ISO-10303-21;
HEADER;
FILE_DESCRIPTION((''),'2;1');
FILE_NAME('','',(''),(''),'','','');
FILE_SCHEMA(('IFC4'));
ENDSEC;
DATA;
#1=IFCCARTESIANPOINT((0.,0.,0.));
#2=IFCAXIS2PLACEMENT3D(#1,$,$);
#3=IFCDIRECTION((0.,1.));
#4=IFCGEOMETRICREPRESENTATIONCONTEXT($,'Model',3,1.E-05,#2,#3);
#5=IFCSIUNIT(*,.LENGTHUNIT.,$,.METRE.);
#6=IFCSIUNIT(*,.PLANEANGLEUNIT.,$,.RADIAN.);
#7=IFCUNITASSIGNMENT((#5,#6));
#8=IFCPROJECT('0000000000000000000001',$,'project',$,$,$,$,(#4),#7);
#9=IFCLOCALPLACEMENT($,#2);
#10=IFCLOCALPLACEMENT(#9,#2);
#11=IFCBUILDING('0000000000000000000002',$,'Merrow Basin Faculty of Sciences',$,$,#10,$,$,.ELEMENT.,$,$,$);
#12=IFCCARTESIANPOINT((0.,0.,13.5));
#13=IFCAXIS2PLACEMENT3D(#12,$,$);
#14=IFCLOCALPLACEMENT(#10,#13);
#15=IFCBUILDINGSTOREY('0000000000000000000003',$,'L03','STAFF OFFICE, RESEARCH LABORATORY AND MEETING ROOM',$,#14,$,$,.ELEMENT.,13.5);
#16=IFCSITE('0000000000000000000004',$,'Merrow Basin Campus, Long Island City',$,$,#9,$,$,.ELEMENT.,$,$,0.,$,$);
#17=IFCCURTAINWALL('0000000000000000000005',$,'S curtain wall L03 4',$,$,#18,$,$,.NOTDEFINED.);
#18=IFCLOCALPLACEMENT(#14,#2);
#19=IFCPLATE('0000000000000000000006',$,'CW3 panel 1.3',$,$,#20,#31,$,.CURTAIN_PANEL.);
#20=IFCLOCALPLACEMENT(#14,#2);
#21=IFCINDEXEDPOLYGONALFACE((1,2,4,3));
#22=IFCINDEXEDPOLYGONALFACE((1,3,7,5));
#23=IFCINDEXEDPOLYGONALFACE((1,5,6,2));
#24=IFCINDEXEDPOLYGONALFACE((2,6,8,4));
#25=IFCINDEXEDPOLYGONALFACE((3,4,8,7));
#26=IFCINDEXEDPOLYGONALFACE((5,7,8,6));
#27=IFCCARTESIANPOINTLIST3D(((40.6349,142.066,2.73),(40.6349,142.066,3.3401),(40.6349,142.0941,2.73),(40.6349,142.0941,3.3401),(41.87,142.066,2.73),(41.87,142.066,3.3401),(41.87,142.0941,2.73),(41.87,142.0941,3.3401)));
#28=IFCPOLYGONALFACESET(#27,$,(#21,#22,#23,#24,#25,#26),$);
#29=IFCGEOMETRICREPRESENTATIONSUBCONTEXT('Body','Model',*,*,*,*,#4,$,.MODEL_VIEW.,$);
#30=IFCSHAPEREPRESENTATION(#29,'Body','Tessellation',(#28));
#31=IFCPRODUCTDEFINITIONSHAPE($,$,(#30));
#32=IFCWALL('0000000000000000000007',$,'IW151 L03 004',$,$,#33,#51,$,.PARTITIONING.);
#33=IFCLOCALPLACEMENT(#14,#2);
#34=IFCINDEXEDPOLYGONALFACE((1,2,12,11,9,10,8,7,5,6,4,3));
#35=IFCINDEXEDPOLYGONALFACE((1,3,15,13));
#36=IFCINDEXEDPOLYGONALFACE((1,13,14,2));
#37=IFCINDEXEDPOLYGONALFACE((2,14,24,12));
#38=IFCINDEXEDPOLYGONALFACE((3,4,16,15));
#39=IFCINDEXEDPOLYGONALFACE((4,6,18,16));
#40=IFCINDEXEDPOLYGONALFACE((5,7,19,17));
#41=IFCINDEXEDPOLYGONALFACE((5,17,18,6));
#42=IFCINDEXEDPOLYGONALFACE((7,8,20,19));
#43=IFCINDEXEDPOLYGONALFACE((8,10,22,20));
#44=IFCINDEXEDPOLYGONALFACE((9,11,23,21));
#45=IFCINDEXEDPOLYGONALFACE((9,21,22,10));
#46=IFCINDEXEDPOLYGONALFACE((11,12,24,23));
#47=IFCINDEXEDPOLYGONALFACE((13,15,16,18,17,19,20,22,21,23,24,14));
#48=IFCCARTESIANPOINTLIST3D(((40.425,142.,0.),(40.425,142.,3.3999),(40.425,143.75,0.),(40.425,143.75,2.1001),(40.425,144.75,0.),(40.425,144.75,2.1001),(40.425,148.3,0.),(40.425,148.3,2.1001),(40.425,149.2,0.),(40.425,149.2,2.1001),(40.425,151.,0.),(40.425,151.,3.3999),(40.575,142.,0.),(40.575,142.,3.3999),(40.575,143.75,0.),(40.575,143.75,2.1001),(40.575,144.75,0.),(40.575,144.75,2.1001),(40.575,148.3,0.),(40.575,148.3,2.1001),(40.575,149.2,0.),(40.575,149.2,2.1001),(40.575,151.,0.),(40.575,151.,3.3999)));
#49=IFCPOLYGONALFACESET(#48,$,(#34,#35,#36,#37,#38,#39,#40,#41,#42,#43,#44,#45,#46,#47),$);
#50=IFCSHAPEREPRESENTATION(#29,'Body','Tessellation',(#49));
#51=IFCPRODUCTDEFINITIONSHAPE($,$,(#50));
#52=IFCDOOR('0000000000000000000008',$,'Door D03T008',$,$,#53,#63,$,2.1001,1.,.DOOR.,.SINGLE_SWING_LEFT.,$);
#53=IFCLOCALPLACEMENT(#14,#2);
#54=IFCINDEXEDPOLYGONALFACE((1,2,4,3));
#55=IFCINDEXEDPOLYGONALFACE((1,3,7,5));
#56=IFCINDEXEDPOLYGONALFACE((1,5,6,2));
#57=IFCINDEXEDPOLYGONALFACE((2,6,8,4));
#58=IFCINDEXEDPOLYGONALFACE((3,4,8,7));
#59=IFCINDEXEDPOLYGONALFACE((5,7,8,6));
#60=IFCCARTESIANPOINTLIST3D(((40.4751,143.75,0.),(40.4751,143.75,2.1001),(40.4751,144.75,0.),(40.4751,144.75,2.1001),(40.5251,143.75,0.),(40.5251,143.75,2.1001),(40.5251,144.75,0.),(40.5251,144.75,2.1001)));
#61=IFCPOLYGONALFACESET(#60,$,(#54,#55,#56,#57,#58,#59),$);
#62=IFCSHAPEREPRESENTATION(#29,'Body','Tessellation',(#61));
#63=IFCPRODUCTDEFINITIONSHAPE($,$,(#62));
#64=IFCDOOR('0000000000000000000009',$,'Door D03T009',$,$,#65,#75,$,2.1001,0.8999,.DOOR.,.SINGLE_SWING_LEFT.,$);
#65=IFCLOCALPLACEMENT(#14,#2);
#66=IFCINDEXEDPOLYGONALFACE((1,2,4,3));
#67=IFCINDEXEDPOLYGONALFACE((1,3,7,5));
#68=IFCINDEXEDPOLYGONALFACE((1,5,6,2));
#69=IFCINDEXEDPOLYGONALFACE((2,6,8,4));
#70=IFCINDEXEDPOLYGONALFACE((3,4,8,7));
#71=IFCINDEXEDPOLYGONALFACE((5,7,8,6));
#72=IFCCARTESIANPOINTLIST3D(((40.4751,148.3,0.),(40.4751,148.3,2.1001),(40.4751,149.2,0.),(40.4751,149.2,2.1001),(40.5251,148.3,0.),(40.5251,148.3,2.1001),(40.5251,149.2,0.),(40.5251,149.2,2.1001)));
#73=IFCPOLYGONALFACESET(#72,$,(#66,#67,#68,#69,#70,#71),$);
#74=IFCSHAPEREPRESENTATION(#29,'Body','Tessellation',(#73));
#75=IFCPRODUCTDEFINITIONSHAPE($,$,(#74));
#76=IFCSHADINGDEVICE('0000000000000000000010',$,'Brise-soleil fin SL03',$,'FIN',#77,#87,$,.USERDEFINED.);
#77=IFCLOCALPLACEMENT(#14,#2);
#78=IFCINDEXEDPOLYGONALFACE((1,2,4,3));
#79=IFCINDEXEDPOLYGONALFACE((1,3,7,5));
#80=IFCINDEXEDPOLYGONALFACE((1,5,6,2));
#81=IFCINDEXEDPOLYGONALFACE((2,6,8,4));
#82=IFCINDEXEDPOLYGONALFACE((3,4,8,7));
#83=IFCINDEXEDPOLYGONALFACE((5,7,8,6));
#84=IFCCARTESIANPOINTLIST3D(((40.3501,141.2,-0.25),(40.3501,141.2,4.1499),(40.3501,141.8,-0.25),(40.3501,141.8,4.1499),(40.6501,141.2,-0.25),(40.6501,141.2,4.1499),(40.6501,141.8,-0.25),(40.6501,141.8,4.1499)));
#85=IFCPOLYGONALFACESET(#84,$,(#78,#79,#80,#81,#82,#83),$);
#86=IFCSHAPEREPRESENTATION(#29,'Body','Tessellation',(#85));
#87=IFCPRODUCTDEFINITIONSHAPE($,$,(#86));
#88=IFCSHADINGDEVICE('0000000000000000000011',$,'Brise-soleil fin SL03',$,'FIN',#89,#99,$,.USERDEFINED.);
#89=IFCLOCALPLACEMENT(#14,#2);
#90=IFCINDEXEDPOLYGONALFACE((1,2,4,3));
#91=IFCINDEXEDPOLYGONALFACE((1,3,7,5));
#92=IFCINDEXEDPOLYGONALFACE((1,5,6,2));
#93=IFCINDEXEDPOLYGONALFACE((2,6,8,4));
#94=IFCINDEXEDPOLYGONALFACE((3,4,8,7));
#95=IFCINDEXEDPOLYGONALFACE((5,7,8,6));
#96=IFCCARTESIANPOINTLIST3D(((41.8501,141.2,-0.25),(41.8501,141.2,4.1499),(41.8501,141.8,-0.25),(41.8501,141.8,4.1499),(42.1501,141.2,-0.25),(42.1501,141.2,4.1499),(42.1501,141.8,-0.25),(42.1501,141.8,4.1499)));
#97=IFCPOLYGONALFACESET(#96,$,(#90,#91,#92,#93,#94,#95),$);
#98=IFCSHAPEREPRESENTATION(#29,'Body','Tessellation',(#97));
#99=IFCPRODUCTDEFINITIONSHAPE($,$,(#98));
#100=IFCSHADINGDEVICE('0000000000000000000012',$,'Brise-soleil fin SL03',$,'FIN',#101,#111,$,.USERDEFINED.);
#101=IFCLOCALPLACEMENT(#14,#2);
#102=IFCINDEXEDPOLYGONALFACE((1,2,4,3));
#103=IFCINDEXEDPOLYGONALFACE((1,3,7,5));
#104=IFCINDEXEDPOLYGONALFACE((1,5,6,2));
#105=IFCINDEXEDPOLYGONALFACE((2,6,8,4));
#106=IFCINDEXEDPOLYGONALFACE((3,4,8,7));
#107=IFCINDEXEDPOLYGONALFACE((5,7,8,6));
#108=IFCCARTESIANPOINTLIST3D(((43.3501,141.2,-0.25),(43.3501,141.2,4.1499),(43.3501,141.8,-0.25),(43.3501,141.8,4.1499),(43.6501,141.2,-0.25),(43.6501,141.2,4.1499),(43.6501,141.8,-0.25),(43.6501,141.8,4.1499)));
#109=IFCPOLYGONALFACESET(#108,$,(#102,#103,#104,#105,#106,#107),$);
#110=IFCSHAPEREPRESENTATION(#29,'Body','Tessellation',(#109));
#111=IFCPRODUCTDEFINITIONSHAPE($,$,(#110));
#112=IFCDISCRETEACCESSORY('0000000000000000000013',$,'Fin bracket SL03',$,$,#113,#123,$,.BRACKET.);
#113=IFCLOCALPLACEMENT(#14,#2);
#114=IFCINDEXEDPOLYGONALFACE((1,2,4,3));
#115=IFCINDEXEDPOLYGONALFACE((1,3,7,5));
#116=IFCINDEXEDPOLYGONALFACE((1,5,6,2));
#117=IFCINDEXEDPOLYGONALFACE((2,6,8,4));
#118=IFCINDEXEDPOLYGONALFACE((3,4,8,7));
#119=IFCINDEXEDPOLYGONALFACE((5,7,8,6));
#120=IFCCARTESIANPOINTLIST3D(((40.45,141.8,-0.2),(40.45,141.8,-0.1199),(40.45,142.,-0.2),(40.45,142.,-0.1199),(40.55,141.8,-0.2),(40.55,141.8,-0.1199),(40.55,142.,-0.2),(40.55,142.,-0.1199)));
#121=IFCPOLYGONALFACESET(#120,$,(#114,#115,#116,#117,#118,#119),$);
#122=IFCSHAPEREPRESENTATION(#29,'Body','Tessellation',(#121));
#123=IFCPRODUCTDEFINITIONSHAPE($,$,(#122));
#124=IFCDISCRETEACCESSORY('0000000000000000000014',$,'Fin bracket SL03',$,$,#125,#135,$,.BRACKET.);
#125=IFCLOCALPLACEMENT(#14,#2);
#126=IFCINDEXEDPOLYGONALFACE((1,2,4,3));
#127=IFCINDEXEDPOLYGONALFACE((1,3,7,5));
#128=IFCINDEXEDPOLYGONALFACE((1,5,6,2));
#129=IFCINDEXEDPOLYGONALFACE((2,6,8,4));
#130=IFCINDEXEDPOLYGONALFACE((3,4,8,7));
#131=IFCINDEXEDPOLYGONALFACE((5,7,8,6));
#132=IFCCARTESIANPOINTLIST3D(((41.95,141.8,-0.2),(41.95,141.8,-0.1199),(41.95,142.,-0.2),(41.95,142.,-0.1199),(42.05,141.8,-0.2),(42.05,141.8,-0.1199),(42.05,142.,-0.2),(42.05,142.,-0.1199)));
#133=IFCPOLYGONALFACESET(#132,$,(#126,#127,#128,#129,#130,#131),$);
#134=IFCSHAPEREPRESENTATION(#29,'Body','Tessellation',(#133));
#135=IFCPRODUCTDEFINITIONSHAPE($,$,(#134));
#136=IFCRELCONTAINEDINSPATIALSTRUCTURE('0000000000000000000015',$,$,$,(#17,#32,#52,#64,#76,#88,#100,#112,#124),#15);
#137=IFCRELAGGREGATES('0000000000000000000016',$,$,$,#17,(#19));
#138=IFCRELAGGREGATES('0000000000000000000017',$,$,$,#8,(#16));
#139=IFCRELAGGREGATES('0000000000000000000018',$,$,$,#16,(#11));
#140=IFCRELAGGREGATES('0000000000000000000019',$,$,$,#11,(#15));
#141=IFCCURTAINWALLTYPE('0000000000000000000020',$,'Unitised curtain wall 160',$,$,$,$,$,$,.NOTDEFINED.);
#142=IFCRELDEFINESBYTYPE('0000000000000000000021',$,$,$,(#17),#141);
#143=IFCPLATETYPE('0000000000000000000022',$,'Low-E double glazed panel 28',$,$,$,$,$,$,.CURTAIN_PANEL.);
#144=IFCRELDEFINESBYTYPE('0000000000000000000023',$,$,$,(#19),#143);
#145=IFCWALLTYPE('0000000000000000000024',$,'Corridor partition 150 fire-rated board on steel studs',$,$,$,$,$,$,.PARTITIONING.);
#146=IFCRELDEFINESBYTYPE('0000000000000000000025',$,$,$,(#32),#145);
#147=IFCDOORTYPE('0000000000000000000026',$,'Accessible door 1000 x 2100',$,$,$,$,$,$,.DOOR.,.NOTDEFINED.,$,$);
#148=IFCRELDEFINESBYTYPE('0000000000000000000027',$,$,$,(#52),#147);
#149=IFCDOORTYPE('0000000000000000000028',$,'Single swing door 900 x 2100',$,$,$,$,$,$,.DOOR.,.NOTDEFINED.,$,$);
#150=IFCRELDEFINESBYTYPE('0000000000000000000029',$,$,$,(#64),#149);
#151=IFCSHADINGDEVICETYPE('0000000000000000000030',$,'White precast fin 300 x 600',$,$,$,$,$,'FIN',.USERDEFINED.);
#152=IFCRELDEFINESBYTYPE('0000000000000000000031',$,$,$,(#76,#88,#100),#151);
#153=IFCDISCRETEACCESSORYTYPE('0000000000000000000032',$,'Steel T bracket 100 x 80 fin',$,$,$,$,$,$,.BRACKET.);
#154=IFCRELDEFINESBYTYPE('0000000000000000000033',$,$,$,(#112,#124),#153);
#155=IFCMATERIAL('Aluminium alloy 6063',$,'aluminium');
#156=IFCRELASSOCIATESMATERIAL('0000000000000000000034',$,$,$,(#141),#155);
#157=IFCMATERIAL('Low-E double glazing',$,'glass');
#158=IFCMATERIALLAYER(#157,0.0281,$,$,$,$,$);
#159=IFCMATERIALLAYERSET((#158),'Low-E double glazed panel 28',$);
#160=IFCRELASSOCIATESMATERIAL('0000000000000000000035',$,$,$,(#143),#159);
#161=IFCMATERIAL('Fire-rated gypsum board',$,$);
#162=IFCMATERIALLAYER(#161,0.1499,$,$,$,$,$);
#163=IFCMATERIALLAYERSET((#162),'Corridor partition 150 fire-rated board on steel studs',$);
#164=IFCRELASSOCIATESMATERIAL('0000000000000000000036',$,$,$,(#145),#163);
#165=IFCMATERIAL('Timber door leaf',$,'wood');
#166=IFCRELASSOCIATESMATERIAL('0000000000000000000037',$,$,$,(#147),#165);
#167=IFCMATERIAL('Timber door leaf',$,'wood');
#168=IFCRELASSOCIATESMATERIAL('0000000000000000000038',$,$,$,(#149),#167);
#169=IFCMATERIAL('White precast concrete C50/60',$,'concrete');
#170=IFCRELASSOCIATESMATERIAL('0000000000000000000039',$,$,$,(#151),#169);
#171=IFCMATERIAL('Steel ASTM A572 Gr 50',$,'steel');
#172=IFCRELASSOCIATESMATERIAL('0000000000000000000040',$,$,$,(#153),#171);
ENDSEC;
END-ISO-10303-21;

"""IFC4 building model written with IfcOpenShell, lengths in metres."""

from ifc_helpers import new_model, si_unit, direction, frame, frame_2d, origin, origin_2d, place, context, subcontext, project, spatial, polyline, rectangle, outline, extrude, source, transform, mapped, material, layer, layer_set, type_object, element, fill, aggregate, save


model = new_model("IFC4")

# Units and contexts
model_context = context("Model", 3, precision=1e-05, world=origin(), true_north=direction((0.0, 1.0)))
body_context = subcontext(model_context, "Body", "Model", "MODEL_VIEW")
ifc_project = project(units=[si_unit("LENGTHUNIT", "METRE"), si_unit("PLANEANGLEUNIT", "RADIAN")], contexts=[model_context])

# Site, building, storey
site_placement = place(None, origin())
site = spatial("IfcSite", under=ifc_project, at=site_placement, Name="Merrow Basin Campus, Long Island City", CompositionType="ELEMENT", RefElevation=0.0)
building_placement = place(site_placement, origin())
building = spatial("IfcBuilding", under=site, at=building_placement, Name="Merrow Basin Faculty of Sciences", CompositionType="ELEMENT")
storey_placement = place(building_placement, frame((0.0, 0.0, 13.5)))
storey = spatial("IfcBuildingStorey", under=building, at=storey_placement, Name="L03", Description="STAFF OFFICE, RESEARCH LABORATORY AND MEETING ROOM", CompositionType="ELEMENT", Elevation=13.5)

# Shared definitions
ifc_material_1 = material(Name="Aluminium alloy 6063", Category="aluminium")
curtain_wall_type = type_object("IfcCurtainWallType", Name="Unitised curtain wall 160", PredefinedType="NOTDEFINED", material=ifc_material_1)

# Curtain wall
curtain_wall_1_placement = place(storey_placement, origin())
curtain_wall_1 = element("IfcCurtainWall", 1, at=curtain_wall_1_placement, inside=storey, type_object=curtain_wall_type, Name="S curtain wall L03 4", PredefinedType="NOTDEFINED")

# Plate
ifc_material_2 = material(Name="Low-E double glazing", Category="glass")
ifc_layer_1 = layer(ifc_material_2, 0.0281)
ifc_layer_set_1 = layer_set([ifc_layer_1], Name="Low-E double glazed panel 28")
plate_type_1 = type_object("IfcPlateType", Name="Low-E double glazed panel 28", PredefinedType="CURTAIN_PANEL", material=ifc_layer_set_1)
plate_1_placement = place(storey_placement, frame((41.2524, 142.0801, 2.73), z_axis=(0.0, 0.0, 1.0), x_axis=(1.0, 0.0, 0.0)))
plate_1 = element("IfcPlate", 2, at=plate_1_placement, type_object=plate_type_1, Name="CW3 panel 1.3", PredefinedType="CURTAIN_PANEL", context=body_context, shape_type="SweptSolid", body=[
    extrude(rectangle(XDim=1.2351, YDim=0.0281, at=origin_2d()), origin(), (0.0, 0.0, 1.0), 0.6101),
])
aggregate(curtain_wall_1, [plate_1])

# Wall, openings, doors
ifc_material_3 = material(Name="Fire-rated gypsum board")
ifc_layer_2 = layer(ifc_material_3, 0.1499)
ifc_layer_set_2 = layer_set([ifc_layer_2], Name="Corridor partition 150 fire-rated board on steel studs")
wall_type = type_object("IfcWallType", Name="Corridor partition 150 fire-rated board on steel studs", PredefinedType="PARTITIONING", material=ifc_layer_set_2)
wall_placement = place(storey_placement, frame((40.5, 142.0, 0.0), z_axis=(0.0, 0.0, 1.0), x_axis=(0.0, 1.0, 0.0)))
wall = element("IfcWall", 3, at=wall_placement, inside=storey, type_object=wall_type, Name="IW151 L03 004", PredefinedType="PARTITIONING", context=body_context, shape_type="SweptSolid", body=[
    extrude(rectangle(XDim=9.0, YDim=0.1499, at=frame_2d((4.5, 0.0))), origin(), (0.0, 0.0, 1.0), 3.3999),
])
opening_1_placement = place(wall_placement, frame((1.75, 0.0, 0.0)))
opening_1 = element("IfcOpeningElement", 4, at=opening_1_placement, cuts=wall, PredefinedType="OPENING", context=body_context, shape_type="SweptSolid", body=[
    extrude(rectangle(XDim=1.0, YDim=2.1001, at=frame_2d((0.5, 1.05))), frame((0.0, 0.085, 0.0), z_axis=(0.0, -1.0, 0.0), x_axis=(1.0, 0.0, 0.0)), (0.0, 0.0, 1.0), 0.1699),
])
opening_2_placement = place(wall_placement, frame((6.3, 0.0, 0.0)))
opening_2 = element("IfcOpeningElement", 5, at=opening_2_placement, cuts=wall, PredefinedType="OPENING", context=body_context, shape_type="SweptSolid", body=[
    extrude(rectangle(XDim=0.8999, YDim=2.1001, at=frame_2d((0.45, 1.05))), frame((0.0, 0.085, 0.0), z_axis=(0.0, -1.0, 0.0), x_axis=(1.0, 0.0, 0.0)), (0.0, 0.0, 1.0), 0.1699),
])
ifc_material_4 = material(Name="Timber door leaf", Category="wood")
door_type_1 = type_object("IfcDoorType", Name="Accessible door 1000 x 2100", OperationType="NOTDEFINED", PredefinedType="DOOR", material=ifc_material_4)
door_1_placement = place(opening_1_placement, origin())
door_1 = element("IfcDoor", 6, at=door_1_placement, inside=storey, type_object=door_type_1, Name="Door D03T008", OperationType="SINGLE_SWING_LEFT", OverallHeight=2.1001, OverallWidth=1.0, PredefinedType="DOOR", context=body_context, shape_type="SweptSolid", body=[
    extrude(rectangle(XDim=1.0, YDim=2.1001, at=frame_2d((0.5, 1.05))), frame((0.0, 0.0249, 0.0), z_axis=(0.0, -1.0, 0.0), x_axis=(1.0, 0.0, 0.0)), (0.0, 0.0, 1.0), 0.05),
])
fill(opening_1, door_1)
ifc_material_5 = material(Name="Timber door leaf", Category="wood")
door_type_2 = type_object("IfcDoorType", Name="Single swing door 900 x 2100", OperationType="NOTDEFINED", PredefinedType="DOOR", material=ifc_material_5)
door_2_placement = place(opening_2_placement, origin())
door_2 = element("IfcDoor", 7, at=door_2_placement, inside=storey, type_object=door_type_2, Name="Door D03T009", OperationType="SINGLE_SWING_LEFT", OverallHeight=2.1001, OverallWidth=0.8999, PredefinedType="DOOR", context=body_context, shape_type="SweptSolid", body=[
    extrude(rectangle(XDim=0.8999, YDim=2.1001, at=frame_2d((0.45, 1.05))), frame((0.0, 0.0249, 0.0), z_axis=(0.0, -1.0, 0.0), x_axis=(1.0, 0.0, 0.0)), (0.0, 0.0, 1.0), 0.05),
])
fill(opening_2, door_2)

# Shading devices
ifc_material_6 = material(Name="White precast concrete C50/60", Category="concrete")
shading_device_type = type_object("IfcShadingDeviceType", Name="White precast fin 300 x 600", ElementType="FIN", PredefinedType="USERDEFINED", material=ifc_material_6)
shared_shape_1 = source(origin(), body_context, "Body", "SweptSolid", [
    extrude(outline(polyline([(0.0, 0.0), (0.3, 0.0), (0.3, 4.3999), (0.0, 4.3999), (0.0, 0.0)])), origin(), (0.0, 0.0, 1.0), 0.6001),
])
for number, where, z_axis, x_axis, name in (
    (8, (40.3501, 141.8, -0.25), (0.0, -1.0, 0.0), (1.0, 0.0, 0.0), "Brise-soleil fin SL03"),
    (9, (41.8501, 141.8, -0.25), (0.0, -1.0, 0.0), (1.0, 0.0, 0.0), "Brise-soleil fin SL03"),
    (10, (43.3501, 141.8, -0.25), (0.0, -1.0, 0.0), (1.0, 0.0, 0.0), "Brise-soleil fin SL03"),
):
    element("IfcShadingDevice", number, at=place(storey_placement, frame(where, z_axis=z_axis, x_axis=x_axis)), inside=storey, type_object=shading_device_type, Name=name, ObjectType="FIN", PredefinedType="USERDEFINED", context=body_context, shape_type="MappedRepresentation", body=[
        mapped(shared_shape_1, transform((0.0, 0.0, 0.0), scale=1.0)),
    ])

# Discrete accessories
ifc_material_7 = material(Name="Steel ASTM A572 Gr 50", Category="steel")
discrete_accessory_type = type_object("IfcDiscreteAccessoryType", Name="Steel T bracket 100 x 80 fin", PredefinedType="BRACKET", material=ifc_material_7)
shared_shape_2 = source(origin(), body_context, "Body", "SweptSolid", [
    extrude(outline(polyline([(0.0, 0.0), (0.1001, 0.0), (0.1001, 0.0801), (0.0, 0.0801), (0.0, 0.0)])), origin(), (0.0, 0.0, 1.0), 0.2),
])
for number, where, z_axis, x_axis, name in (
    (11, (40.45, 142.0, -0.2), (0.0, -1.0, 0.0), (1.0, 0.0, 0.0), "Fin bracket SL03"),
    (12, (41.95, 142.0, -0.2), (0.0, -1.0, 0.0), (1.0, 0.0, 0.0), "Fin bracket SL03"),
):
    element("IfcDiscreteAccessory", number, at=place(storey_placement, frame(where, z_axis=z_axis, x_axis=x_axis)), inside=storey, type_object=discrete_accessory_type, Name=name, PredefinedType="BRACKET", context=body_context, shape_type="MappedRepresentation", body=[
        mapped(shared_shape_2, transform((0.0, 0.0, 0.0), scale=1.0)),
    ])

save(model, "model.ifc")
